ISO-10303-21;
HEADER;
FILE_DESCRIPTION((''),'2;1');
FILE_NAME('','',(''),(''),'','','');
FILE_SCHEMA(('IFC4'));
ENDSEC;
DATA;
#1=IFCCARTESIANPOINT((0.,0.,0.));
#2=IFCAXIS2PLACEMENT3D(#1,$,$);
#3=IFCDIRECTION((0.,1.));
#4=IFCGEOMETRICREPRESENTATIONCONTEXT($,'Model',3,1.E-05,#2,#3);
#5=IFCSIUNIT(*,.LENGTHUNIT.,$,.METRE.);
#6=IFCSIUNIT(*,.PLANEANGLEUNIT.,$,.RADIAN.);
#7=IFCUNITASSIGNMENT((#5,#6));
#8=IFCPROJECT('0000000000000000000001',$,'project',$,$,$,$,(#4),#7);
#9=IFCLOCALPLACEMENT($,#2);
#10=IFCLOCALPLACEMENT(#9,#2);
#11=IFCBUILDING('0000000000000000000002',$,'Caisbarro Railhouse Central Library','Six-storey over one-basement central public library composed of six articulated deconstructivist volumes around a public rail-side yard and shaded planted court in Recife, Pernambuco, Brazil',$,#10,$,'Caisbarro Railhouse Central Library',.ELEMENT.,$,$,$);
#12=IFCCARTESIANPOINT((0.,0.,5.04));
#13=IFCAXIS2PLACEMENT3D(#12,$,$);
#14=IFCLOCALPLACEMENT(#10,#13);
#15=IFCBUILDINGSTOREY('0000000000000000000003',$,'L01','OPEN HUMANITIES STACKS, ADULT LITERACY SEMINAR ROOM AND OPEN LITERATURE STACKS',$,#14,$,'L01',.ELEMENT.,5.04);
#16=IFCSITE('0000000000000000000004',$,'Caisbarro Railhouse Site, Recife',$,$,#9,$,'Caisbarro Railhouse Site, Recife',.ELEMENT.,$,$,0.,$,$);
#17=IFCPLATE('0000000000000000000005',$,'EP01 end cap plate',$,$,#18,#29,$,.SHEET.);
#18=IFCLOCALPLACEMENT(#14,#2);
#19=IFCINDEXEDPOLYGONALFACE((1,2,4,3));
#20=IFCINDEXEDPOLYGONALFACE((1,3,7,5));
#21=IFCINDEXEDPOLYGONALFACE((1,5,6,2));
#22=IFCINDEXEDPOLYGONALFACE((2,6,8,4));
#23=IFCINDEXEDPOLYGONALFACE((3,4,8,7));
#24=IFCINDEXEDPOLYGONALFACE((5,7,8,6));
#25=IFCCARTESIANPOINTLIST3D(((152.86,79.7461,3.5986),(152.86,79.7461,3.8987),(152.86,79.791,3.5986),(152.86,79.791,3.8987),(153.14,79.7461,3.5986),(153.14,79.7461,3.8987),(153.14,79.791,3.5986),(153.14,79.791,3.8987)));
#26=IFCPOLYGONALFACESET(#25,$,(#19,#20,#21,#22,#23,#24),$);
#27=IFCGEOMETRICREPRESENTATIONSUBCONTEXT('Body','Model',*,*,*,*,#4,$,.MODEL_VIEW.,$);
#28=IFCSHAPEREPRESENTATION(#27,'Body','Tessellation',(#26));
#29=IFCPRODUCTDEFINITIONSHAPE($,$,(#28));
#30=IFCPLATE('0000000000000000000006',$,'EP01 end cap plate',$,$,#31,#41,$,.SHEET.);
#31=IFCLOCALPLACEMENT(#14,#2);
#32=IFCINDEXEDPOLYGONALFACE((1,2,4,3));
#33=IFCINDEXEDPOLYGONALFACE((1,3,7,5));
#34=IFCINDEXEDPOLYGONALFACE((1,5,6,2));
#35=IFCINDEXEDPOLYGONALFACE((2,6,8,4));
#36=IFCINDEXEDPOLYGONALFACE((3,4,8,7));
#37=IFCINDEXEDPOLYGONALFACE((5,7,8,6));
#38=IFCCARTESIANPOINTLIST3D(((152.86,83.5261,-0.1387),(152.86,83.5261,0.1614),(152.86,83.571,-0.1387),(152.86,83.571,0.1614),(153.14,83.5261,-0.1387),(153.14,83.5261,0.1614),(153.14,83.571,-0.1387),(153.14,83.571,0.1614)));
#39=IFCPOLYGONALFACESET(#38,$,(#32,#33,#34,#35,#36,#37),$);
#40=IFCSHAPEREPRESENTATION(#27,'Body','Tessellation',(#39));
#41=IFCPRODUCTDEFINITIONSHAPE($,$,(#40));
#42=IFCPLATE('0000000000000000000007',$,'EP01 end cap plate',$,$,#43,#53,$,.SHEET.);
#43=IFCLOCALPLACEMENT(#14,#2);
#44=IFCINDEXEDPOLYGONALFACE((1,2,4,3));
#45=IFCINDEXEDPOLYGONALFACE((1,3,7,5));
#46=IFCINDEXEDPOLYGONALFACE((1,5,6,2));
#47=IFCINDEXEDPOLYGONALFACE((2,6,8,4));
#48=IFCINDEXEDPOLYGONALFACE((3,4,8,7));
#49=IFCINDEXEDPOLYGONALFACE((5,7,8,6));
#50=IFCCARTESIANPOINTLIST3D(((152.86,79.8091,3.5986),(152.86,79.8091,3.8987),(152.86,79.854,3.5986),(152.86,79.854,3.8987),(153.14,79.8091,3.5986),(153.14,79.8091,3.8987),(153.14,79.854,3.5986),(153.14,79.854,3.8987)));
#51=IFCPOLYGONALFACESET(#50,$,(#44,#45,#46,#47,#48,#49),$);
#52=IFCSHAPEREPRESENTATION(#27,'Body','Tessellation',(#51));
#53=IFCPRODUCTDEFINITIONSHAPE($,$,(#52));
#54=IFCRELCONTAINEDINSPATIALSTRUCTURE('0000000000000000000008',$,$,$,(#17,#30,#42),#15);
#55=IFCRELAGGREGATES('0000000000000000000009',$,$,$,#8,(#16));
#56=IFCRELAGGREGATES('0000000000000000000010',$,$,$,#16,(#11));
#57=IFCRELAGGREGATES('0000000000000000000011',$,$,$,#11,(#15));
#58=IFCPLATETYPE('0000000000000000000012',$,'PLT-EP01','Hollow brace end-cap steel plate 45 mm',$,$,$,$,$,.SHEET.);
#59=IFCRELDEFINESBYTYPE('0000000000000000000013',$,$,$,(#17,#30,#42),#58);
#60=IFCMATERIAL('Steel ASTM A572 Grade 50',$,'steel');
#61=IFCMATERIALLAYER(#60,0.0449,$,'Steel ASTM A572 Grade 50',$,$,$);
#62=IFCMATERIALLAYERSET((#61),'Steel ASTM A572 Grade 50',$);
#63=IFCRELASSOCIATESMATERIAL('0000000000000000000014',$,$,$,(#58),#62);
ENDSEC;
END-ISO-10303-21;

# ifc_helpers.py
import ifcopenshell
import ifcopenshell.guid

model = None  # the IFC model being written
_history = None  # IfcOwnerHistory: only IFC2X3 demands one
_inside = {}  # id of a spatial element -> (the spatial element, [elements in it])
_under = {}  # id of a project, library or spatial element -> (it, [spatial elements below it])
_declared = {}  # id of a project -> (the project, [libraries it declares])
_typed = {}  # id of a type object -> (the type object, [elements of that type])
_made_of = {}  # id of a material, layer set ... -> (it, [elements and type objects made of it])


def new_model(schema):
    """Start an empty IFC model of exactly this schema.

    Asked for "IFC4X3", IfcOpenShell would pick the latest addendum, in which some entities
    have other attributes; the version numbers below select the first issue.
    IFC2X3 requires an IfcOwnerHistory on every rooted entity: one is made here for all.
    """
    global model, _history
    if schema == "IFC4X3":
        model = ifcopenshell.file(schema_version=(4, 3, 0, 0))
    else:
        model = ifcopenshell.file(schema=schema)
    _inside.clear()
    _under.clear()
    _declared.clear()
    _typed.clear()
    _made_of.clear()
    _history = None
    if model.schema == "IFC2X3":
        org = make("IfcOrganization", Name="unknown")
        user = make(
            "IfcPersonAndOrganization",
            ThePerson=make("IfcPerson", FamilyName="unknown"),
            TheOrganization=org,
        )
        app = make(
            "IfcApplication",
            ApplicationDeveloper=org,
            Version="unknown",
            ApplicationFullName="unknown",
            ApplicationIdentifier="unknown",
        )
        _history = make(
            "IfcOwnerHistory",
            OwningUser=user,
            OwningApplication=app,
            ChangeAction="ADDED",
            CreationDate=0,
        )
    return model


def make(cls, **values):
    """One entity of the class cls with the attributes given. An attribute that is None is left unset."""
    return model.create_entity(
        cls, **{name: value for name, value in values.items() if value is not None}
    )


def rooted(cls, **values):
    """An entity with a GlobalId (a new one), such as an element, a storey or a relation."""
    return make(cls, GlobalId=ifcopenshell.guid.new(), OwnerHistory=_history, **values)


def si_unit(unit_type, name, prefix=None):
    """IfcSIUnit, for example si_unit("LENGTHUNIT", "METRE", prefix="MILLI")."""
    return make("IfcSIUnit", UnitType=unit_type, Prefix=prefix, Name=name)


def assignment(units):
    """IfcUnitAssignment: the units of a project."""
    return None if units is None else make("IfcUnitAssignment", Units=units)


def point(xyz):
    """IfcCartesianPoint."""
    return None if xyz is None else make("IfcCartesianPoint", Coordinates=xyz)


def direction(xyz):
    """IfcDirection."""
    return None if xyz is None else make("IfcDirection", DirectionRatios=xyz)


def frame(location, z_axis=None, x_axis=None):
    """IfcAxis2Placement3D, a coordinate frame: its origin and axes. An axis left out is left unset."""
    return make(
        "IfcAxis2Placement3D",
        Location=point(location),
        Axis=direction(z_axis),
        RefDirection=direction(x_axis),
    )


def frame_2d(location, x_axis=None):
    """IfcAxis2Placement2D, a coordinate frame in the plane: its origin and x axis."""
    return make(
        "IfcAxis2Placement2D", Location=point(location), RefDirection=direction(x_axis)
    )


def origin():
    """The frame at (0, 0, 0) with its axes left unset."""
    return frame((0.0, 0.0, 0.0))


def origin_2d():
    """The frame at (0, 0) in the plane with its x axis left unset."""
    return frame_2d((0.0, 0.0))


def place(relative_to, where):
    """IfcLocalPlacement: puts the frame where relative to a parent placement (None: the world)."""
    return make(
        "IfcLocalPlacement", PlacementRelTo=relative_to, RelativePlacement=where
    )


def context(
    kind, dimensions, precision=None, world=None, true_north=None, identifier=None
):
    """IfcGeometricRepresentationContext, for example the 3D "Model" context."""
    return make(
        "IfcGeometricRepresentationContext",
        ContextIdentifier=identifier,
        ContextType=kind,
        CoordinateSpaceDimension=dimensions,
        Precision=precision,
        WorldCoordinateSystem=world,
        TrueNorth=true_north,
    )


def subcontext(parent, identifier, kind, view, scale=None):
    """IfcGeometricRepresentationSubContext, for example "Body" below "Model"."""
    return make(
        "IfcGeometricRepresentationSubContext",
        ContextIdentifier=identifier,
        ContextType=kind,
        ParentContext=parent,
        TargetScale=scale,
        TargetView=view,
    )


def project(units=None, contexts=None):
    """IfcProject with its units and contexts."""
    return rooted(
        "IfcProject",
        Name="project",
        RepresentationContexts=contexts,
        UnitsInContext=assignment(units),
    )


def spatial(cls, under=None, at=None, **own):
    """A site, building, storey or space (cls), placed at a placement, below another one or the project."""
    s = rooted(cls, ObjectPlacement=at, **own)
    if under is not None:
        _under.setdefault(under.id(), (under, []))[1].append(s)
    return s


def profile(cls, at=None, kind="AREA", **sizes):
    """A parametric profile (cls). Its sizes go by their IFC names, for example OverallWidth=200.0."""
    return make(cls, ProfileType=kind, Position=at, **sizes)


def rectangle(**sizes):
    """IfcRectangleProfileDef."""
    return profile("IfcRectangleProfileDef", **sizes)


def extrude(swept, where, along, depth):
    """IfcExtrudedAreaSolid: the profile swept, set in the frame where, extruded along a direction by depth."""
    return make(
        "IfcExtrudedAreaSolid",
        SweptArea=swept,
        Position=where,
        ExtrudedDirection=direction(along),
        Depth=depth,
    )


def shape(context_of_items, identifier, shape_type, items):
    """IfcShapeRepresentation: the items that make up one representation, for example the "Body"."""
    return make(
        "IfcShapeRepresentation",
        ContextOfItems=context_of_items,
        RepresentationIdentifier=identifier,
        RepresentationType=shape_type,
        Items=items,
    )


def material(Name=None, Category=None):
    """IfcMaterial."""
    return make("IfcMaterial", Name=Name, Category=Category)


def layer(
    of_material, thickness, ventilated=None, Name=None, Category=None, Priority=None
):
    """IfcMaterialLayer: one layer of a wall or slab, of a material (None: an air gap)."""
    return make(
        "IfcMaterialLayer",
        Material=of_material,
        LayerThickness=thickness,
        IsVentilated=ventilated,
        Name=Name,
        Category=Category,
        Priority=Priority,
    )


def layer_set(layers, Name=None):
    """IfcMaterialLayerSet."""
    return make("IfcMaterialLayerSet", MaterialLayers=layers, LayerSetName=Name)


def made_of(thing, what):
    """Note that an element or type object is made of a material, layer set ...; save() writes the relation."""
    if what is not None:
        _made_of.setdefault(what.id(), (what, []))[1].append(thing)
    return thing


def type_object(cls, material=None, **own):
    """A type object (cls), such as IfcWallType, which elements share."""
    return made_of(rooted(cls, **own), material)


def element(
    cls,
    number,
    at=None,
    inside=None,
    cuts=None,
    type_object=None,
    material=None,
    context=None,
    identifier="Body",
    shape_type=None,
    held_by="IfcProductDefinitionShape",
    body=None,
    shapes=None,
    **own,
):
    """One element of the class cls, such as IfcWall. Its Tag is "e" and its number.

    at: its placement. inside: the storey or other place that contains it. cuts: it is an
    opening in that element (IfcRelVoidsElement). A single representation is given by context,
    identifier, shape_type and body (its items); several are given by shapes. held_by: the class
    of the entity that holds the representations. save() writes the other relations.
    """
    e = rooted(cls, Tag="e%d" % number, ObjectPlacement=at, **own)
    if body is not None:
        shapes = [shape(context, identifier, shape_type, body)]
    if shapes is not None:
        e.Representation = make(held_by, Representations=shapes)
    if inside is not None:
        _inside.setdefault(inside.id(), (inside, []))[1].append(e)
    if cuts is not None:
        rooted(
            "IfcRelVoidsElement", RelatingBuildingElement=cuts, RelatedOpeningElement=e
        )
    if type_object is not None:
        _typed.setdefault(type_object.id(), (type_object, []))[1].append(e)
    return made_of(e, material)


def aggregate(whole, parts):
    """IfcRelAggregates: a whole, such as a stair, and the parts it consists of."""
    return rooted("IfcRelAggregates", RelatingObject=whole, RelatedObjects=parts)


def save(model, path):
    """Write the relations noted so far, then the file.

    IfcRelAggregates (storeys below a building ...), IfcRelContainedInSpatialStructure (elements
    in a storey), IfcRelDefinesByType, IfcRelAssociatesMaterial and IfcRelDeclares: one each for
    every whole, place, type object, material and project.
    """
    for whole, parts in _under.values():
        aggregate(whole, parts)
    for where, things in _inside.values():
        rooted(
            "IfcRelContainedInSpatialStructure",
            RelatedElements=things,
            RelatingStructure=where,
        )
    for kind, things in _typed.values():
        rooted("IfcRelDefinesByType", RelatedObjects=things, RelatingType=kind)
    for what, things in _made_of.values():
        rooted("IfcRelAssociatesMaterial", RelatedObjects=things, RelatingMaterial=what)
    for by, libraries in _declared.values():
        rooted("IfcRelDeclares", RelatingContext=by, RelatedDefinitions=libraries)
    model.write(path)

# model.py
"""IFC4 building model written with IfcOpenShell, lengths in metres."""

from ifc_helpers import new_model, si_unit, direction, frame, origin, origin_2d, place, context, subcontext, project, spatial, rectangle, extrude, material, layer, layer_set, type_object, element, save


model = new_model("IFC4")

# Units and contexts
model_context = context("Model", 3, precision=1e-05, world=origin(), true_north=direction((0.0, 1.0)))
body_context = subcontext(model_context, "Body", "Model", "MODEL_VIEW")
ifc_project = project(units=[si_unit("LENGTHUNIT", "METRE"), si_unit("PLANEANGLEUNIT", "RADIAN")], contexts=[model_context])

# Site, building, storey
site_placement = place(None, origin())
site = spatial("IfcSite", under=ifc_project, at=site_placement, Name="Caisbarro Railhouse Site, Recife", LongName="Caisbarro Railhouse Site, Recife", CompositionType="ELEMENT", RefElevation=0.0)
building_placement = place(site_placement, origin())
building = spatial("IfcBuilding", under=site, at=building_placement, Name="Caisbarro Railhouse Central Library", Description="Six-storey over one-basement central public library composed of six articulated deconstructivist volumes around a public rail-side yard and shaded planted court in Recife, Pernambuco, Brazil", LongName="Caisbarro Railhouse Central Library", CompositionType="ELEMENT")
storey_placement = place(building_placement, frame((0.0, 0.0, 5.04)))
storey = spatial("IfcBuildingStorey", under=building, at=storey_placement, Name="L01", Description="OPEN HUMANITIES STACKS, ADULT LITERACY SEMINAR ROOM AND OPEN LITERATURE STACKS", LongName="L01", CompositionType="ELEMENT", Elevation=5.04)

# Shared definitions
ifc_material_1 = material(Name="Steel ASTM A572 Grade 50", Category="steel")

# Plates
ifc_layer_1 = layer(ifc_material_1, 0.0449, Name="Steel ASTM A572 Grade 50")
ifc_layer_set_1 = layer_set([ifc_layer_1], Name="Steel ASTM A572 Grade 50")
plate_type_1 = type_object("IfcPlateType", Name="PLT-EP01", Description="Hollow brace end-cap steel plate 45 mm", PredefinedType="SHEET", material=ifc_layer_set_1)
for number, where, z_axis, x_axis, name in (
    (1, (153.0, 79.7686, 3.5986), (0.0, 0.0, 1.0), (0.0, 1.0, 0.0), "EP01 end cap plate"),
    (2, (153.0, 83.5486, -0.1387), (0.0, 0.0, 1.0), (0.0, -1.0, 0.0), "EP01 end cap plate"),
    (3, (153.0, 79.8315, 3.5986), (0.0, 0.0, 1.0), (0.0, -1.0, 0.0), "EP01 end cap plate"),
):
    element("IfcPlate", number, at=place(storey_placement, frame(where, z_axis=z_axis, x_axis=x_axis)), inside=storey, type_object=plate_type_1, Name=name, PredefinedType="SHEET", context=body_context, shape_type="SweptSolid", body=[
        extrude(rectangle(XDim=0.0449, YDim=0.28, at=origin_2d()), origin(), (0.0, 0.0, 1.0), 0.3),
    ])

save(model, "model.ifc")
